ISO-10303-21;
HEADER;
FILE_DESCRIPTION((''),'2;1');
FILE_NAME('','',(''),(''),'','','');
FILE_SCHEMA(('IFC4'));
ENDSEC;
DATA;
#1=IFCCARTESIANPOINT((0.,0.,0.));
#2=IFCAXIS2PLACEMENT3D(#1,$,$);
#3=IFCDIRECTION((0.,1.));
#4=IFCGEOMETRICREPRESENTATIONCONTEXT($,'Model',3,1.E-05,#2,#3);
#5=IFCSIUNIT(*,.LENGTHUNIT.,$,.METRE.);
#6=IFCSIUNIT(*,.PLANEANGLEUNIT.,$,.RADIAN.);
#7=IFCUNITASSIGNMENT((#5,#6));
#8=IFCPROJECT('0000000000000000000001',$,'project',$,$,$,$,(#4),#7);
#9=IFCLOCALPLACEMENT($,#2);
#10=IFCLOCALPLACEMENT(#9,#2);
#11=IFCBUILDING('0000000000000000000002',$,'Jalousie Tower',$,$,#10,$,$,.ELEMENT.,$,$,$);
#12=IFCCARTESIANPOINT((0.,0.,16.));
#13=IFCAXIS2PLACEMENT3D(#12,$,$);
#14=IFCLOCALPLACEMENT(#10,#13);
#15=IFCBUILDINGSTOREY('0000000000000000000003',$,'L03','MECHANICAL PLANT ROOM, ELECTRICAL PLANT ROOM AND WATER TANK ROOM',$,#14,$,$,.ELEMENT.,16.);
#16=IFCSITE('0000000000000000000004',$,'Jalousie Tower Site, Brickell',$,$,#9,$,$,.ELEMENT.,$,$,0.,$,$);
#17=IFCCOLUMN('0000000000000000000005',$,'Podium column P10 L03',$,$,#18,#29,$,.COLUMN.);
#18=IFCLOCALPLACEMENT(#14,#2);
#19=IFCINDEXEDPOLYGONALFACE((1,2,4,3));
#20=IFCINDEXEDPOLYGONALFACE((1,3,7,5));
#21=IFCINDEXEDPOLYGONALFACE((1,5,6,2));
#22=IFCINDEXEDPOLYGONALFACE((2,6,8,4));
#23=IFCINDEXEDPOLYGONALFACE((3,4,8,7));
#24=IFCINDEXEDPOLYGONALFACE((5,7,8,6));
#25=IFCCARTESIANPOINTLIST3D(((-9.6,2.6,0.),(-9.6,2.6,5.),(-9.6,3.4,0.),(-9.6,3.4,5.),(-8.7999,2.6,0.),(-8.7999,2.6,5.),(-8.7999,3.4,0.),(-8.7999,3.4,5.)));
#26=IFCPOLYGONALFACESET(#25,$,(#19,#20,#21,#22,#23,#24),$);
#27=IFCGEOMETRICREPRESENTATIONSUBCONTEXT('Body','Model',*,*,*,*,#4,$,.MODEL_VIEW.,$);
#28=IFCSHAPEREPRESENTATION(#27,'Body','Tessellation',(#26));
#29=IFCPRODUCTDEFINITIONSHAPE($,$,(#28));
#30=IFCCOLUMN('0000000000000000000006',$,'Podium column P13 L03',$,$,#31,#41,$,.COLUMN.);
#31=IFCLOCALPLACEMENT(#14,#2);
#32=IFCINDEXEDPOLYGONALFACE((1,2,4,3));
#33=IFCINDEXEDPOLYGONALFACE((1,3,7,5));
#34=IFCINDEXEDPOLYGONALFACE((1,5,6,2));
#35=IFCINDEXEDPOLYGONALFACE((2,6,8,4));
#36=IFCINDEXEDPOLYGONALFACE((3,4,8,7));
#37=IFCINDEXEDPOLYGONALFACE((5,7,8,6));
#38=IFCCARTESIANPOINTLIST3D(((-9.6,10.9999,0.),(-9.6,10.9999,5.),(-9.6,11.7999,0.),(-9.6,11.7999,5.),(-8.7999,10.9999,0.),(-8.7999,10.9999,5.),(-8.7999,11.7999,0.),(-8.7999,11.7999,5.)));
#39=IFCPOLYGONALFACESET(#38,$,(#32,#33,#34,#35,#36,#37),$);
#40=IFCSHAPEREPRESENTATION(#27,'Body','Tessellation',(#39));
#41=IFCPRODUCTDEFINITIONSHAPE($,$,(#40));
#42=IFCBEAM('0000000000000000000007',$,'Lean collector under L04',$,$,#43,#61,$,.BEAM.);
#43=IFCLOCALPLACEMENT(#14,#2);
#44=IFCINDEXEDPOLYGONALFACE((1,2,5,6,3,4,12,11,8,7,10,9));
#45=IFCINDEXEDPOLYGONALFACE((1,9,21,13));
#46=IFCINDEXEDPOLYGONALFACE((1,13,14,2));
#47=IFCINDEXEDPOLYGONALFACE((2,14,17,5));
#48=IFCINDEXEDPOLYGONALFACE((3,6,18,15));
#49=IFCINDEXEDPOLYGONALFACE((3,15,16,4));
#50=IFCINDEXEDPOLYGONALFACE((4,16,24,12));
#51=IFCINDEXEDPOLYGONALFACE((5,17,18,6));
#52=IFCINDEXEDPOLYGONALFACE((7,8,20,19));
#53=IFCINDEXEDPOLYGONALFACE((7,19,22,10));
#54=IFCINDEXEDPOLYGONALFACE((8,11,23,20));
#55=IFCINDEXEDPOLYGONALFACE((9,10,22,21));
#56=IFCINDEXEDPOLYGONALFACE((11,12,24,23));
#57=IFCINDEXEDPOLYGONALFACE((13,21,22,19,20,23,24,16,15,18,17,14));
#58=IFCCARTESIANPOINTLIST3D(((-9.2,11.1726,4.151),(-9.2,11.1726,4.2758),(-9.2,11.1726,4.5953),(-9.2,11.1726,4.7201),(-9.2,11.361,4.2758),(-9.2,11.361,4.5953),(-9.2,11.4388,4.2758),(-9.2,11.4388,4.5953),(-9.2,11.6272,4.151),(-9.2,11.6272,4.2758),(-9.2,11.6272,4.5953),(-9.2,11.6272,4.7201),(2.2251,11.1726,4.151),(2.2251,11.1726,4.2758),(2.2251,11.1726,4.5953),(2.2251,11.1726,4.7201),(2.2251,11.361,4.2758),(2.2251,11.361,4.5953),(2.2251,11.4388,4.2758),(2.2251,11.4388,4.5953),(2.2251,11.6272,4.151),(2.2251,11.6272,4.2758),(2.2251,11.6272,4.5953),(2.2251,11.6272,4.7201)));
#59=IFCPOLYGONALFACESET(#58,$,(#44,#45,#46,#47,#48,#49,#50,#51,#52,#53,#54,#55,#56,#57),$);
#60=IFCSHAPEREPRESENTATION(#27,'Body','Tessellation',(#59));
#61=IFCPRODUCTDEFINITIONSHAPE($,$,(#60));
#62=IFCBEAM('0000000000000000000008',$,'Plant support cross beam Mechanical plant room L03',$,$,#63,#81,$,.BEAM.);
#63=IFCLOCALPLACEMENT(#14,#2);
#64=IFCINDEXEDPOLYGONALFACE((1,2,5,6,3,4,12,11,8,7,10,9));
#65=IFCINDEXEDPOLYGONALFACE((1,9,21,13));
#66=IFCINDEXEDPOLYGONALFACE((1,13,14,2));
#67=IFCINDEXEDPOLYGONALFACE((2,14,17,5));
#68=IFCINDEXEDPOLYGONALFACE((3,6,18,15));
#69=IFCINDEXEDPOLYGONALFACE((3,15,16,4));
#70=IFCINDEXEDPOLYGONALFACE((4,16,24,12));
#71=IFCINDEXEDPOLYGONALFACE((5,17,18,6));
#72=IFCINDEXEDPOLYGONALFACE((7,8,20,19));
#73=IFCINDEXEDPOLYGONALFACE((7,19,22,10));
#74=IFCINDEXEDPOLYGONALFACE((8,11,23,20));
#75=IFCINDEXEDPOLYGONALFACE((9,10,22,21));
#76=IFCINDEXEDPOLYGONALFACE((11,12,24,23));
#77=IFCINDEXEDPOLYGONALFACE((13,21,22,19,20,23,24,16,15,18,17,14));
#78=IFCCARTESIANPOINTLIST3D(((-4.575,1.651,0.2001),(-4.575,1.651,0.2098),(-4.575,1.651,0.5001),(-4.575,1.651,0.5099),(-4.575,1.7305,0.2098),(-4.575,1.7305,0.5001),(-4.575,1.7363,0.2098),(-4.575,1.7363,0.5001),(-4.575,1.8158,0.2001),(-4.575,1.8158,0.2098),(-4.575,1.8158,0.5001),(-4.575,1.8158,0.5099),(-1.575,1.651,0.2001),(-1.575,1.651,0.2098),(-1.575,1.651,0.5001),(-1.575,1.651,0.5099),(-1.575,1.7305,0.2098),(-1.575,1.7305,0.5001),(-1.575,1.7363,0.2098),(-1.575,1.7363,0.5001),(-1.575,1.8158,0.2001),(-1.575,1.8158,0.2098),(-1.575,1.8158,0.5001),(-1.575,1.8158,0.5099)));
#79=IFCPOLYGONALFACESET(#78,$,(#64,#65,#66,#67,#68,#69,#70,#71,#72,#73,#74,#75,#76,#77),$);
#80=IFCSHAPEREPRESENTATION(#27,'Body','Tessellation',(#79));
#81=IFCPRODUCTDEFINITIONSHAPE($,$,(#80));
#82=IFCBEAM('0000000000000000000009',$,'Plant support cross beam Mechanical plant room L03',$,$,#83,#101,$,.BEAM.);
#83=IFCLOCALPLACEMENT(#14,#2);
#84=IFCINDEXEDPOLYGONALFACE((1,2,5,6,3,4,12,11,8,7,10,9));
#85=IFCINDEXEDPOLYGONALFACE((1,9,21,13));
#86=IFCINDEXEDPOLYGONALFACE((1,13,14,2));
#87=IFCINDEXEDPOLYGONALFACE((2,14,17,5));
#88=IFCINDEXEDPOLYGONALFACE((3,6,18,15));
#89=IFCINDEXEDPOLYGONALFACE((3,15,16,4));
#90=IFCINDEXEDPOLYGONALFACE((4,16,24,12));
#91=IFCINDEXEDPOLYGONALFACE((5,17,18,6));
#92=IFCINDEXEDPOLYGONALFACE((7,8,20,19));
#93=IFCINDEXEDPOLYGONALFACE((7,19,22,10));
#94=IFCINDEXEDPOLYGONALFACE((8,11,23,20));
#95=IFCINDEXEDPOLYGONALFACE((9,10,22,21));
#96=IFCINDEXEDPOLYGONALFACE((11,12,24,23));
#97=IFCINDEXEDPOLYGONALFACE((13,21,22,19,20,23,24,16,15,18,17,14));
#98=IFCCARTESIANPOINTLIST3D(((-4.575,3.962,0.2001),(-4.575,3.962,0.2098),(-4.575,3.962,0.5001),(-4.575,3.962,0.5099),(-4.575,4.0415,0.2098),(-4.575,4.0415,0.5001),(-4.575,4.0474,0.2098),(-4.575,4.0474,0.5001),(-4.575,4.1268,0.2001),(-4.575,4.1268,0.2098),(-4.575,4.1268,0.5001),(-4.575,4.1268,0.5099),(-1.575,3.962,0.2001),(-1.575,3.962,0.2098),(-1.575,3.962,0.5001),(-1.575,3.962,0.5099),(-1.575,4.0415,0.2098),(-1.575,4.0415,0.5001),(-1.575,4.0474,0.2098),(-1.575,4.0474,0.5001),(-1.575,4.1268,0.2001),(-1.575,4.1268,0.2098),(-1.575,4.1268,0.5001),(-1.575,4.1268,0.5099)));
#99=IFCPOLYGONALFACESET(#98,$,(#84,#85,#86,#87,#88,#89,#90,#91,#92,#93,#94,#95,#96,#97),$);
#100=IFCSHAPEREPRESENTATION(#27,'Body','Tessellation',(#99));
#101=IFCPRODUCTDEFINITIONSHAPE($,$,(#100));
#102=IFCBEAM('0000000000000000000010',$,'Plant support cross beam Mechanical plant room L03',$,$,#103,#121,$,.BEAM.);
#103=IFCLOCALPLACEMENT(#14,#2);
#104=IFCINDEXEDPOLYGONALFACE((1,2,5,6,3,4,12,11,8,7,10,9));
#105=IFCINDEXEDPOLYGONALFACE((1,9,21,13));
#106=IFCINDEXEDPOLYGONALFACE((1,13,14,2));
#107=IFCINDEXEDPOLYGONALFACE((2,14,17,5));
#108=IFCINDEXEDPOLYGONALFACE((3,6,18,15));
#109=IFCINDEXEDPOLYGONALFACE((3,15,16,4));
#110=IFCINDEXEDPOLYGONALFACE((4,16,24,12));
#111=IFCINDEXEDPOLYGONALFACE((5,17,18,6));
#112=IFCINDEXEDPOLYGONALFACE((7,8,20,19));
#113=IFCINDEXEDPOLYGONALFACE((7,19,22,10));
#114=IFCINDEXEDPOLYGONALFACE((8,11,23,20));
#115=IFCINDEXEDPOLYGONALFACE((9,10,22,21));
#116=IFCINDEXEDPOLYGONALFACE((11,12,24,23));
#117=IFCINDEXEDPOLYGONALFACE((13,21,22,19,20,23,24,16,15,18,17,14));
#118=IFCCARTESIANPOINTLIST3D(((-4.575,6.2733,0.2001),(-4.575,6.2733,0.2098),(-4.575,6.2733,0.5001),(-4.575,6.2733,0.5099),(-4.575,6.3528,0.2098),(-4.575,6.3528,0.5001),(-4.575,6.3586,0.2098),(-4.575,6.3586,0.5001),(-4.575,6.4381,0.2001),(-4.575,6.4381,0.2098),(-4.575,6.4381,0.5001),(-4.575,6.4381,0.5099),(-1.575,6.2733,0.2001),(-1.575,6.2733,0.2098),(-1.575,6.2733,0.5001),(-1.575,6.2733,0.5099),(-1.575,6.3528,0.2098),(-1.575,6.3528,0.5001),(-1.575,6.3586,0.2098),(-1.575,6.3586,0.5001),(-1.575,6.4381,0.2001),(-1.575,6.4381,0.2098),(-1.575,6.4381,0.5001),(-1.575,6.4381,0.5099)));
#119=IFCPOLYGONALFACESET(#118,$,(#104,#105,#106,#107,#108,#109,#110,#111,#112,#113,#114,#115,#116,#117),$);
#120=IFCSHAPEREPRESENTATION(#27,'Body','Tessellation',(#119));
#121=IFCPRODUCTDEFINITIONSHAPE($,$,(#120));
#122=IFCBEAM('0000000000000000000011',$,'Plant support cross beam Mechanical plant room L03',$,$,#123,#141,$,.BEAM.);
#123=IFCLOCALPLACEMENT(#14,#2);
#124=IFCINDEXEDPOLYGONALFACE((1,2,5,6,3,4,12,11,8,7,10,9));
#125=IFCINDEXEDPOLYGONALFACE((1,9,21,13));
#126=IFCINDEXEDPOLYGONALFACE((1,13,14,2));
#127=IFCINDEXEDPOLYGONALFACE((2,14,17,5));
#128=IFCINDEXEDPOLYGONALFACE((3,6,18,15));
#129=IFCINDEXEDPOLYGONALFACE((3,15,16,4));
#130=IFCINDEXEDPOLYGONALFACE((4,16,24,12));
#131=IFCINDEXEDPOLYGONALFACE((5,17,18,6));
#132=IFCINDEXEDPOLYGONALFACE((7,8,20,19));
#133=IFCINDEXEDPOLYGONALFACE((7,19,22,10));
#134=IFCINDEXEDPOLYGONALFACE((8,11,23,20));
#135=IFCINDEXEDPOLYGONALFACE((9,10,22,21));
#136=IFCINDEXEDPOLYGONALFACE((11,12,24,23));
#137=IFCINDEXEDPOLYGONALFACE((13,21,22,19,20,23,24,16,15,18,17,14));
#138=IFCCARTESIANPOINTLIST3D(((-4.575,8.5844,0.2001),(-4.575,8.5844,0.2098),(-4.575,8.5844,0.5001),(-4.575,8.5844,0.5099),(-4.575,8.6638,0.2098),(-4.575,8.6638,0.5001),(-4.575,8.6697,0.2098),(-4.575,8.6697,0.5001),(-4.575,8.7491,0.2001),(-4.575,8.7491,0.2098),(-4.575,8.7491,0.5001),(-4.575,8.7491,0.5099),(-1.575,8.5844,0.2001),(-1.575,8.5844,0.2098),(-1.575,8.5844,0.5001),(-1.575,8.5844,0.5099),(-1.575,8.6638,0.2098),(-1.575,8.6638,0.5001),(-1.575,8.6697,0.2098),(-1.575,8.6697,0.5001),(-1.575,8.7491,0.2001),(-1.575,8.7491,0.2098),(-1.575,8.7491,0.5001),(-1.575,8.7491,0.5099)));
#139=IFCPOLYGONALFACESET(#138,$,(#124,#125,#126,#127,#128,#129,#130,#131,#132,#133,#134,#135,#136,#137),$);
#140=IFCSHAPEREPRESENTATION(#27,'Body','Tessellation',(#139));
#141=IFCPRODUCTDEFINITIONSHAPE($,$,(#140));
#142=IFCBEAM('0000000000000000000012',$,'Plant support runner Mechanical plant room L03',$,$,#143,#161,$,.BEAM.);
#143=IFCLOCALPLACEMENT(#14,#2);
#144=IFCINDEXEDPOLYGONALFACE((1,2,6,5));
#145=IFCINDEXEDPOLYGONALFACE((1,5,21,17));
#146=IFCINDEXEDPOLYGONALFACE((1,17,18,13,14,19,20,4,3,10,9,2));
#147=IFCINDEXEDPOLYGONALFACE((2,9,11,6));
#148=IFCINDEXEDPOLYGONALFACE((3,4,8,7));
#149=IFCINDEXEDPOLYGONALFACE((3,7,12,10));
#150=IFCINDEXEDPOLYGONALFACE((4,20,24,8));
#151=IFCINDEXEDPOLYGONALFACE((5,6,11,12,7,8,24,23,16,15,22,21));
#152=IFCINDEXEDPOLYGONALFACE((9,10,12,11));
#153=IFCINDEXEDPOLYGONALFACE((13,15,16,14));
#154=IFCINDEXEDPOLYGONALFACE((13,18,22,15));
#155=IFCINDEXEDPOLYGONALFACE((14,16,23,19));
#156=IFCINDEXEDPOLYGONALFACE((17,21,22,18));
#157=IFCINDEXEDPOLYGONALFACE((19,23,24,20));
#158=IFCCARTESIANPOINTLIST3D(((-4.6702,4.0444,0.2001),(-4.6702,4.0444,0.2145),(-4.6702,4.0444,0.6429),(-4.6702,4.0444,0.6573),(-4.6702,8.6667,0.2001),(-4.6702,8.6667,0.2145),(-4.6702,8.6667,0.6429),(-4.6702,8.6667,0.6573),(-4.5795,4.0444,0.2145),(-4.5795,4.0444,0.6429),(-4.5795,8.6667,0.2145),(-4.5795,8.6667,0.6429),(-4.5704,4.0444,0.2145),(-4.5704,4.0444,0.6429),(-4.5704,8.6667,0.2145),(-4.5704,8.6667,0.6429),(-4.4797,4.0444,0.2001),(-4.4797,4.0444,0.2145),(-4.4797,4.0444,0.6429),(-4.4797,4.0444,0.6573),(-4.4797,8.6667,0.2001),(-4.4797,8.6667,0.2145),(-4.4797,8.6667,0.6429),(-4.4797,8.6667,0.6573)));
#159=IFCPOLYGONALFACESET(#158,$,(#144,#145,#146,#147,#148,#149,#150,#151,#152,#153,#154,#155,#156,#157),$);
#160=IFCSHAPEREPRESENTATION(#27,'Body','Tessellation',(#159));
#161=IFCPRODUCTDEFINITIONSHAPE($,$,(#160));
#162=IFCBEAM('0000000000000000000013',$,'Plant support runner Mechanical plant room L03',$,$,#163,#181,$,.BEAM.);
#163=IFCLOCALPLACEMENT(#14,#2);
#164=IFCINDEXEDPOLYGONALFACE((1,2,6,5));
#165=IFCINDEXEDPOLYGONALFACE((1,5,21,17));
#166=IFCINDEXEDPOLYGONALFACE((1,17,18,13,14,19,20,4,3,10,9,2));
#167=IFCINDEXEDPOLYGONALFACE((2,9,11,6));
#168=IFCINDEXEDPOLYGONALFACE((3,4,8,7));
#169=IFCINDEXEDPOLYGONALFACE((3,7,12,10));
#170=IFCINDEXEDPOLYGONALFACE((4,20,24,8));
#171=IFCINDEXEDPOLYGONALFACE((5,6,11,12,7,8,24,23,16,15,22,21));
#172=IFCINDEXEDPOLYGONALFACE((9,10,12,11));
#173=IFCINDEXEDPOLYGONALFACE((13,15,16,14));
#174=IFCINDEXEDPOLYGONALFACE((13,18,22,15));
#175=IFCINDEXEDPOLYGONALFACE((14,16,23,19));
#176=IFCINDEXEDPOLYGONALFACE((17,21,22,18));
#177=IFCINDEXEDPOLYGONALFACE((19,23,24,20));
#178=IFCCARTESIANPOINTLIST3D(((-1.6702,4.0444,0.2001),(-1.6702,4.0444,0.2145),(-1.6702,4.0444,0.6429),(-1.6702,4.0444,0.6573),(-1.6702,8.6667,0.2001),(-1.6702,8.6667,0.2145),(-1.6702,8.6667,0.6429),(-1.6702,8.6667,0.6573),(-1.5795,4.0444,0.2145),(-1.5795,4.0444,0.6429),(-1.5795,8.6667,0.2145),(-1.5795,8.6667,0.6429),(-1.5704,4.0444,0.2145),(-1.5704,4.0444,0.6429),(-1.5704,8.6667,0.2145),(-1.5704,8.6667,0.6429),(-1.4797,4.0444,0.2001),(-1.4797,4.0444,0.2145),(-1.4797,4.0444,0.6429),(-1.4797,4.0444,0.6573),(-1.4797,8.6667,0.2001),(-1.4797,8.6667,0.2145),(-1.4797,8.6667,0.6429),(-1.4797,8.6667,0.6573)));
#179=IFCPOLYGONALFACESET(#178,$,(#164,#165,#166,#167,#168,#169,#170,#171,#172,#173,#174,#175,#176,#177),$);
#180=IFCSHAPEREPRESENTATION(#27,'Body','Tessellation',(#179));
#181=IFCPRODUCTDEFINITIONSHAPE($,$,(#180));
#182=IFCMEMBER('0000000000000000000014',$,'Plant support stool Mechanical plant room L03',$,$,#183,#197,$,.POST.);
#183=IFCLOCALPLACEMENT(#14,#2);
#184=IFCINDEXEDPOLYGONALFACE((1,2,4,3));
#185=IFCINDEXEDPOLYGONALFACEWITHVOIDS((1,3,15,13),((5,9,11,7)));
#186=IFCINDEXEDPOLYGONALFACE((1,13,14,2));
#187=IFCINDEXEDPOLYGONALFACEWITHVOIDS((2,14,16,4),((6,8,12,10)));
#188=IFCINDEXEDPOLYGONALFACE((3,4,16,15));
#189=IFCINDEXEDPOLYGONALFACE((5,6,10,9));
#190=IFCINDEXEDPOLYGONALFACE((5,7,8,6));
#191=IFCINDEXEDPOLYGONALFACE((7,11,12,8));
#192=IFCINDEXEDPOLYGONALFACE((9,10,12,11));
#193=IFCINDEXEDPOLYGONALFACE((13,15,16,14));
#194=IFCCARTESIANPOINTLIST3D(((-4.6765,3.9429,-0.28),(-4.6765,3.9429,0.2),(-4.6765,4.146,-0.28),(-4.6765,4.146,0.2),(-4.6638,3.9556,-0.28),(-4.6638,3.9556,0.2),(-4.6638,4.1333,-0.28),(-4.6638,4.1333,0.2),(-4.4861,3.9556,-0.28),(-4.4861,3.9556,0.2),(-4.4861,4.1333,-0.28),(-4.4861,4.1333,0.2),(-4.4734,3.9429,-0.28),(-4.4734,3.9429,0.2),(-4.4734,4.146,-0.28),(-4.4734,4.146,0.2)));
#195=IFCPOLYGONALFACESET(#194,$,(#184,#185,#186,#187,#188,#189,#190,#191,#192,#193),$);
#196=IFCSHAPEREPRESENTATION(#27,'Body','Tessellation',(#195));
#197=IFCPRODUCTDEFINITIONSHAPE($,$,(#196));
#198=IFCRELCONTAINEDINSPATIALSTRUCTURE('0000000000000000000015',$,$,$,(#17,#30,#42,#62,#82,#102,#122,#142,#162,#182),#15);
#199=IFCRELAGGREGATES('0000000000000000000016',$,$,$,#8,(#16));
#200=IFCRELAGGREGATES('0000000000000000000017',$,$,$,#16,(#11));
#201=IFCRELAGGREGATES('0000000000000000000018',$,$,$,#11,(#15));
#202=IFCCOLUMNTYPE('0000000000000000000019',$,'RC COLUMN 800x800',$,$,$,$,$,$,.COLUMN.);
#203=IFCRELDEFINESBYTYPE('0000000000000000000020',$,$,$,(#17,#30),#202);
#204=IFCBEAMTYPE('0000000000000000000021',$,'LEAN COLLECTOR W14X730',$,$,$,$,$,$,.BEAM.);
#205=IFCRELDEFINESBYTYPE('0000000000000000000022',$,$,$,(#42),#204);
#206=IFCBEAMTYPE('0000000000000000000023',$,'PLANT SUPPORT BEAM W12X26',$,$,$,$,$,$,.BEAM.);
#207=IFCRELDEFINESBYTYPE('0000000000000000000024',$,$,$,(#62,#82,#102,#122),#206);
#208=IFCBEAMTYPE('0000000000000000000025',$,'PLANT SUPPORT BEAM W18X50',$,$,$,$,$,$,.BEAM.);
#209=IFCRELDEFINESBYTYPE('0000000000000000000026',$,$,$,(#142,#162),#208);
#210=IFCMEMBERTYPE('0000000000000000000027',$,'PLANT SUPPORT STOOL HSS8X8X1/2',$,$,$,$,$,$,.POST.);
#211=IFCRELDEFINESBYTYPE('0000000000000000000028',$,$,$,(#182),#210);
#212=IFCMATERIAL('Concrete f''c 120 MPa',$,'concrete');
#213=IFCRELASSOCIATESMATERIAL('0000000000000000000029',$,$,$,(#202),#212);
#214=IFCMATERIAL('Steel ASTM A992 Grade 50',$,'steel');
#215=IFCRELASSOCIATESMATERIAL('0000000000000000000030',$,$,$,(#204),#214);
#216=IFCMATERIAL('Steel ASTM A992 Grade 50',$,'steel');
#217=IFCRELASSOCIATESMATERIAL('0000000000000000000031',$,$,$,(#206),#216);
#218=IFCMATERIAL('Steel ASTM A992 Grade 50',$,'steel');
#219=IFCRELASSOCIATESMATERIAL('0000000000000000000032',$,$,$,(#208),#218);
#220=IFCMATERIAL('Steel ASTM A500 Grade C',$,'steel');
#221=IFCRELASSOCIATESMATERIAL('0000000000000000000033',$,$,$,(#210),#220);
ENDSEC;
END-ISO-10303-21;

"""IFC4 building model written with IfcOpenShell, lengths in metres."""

from ifc_helpers import new_model, si_unit, direction, frame, origin, origin_2d, place, context, subcontext, project, spatial, rectangle, hollow_rectangle, i_section, extrude, material, material_profile, profile_set, type_object, element, save


model = new_model("IFC4")

# Units and contexts
model_context = context("Model", 3, precision=1e-05, world=origin(), true_north=direction((0.0, 1.0)))
body_context = subcontext(model_context, "Body", "Model", "MODEL_VIEW")
ifc_project = project(units=[si_unit("LENGTHUNIT", "METRE"), si_unit("PLANEANGLEUNIT", "RADIAN")], contexts=[model_context])

# Site, building, storey
site_placement = place(None, origin())
site = spatial("IfcSite", under=ifc_project, at=site_placement, Name="Jalousie Tower Site, Brickell", CompositionType="ELEMENT", RefElevation=0.0)
building_placement = place(site_placement, origin())
building = spatial("IfcBuilding", under=site, at=building_placement, Name="Jalousie Tower", CompositionType="ELEMENT")
storey_placement = place(building_placement, frame((0.0, 0.0, 16.0)))
storey = spatial("IfcBuildingStorey", under=building, at=storey_placement, Name="L03", Description="MECHANICAL PLANT ROOM, ELECTRICAL PLANT ROOM AND WATER TANK ROOM", CompositionType="ELEMENT", Elevation=16.0)

# Columns
ifc_material_1 = material(Name="Concrete f'c 120 MPa", Category="concrete")
ifc_material_profile_1 = material_profile(ifc_material_1, rectangle(XDim=0.8, YDim=0.8, at=origin_2d()), Name="RC 800x800")
ifc_profile_set_1 = profile_set([ifc_material_profile_1], Name="Concrete f'c 120 MPa")
column_type = type_object("IfcColumnType", Name="RC COLUMN 800x800", PredefinedType="COLUMN", material=ifc_profile_set_1)
for number, where, z_axis, x_axis, name in (
    (1, (-9.2, 3.0, 0.0), (0.0, 0.0, 1.0), (1.0, 0.0, 0.0), "Podium column P10 L03"),
    (2, (-9.2, 11.3999, 0.0), (0.0, 0.0, 1.0), (1.0, 0.0, 0.0), "Podium column P13 L03"),
):
    element("IfcColumn", number, at=place(storey_placement, frame(where, z_axis=z_axis, x_axis=x_axis)), inside=storey, type_object=column_type, Name=name, PredefinedType="COLUMN", context=body_context, shape_type="SweptSolid", body=[
        extrude(rectangle(XDim=0.8, YDim=0.8, at=origin_2d()), origin(), (0.0, 0.0, 1.0), 5.0),
    ])

# Beams
ifc_material_2 = material(Name="Steel ASTM A992 Grade 50", Category="steel")
ifc_material_profile_2 = material_profile(ifc_material_2, i_section(OverallWidth=0.4546, OverallDepth=0.5691, WebThickness=0.0779, FlangeThickness=0.1248, at=origin_2d()), Name="W14X730")
ifc_profile_set_2 = profile_set([ifc_material_profile_2], Name="Steel ASTM A992 Grade 50")
beam_type_1 = type_object("IfcBeamType", Name="LEAN COLLECTOR W14X730", PredefinedType="BEAM", material=ifc_profile_set_2)
beam_1_placement = place(storey_placement, frame((-9.2, 11.3999, 4.4355), z_axis=(1.0, 0.0, 0.0), x_axis=(0.0, 1.0, 0.0)))
element("IfcBeam", 3, at=beam_1_placement, inside=storey, type_object=beam_type_1, Name="Lean collector under L04", PredefinedType="BEAM", context=body_context, shape_type="SweptSolid", body=[
    extrude(i_section(OverallWidth=0.4546, OverallDepth=0.5691, WebThickness=0.0779, FlangeThickness=0.1248, at=origin_2d()), origin(), (0.0, 0.0, 1.0), 11.425),
])
ifc_material_3 = material(Name="Steel ASTM A992 Grade 50", Category="steel")
ifc_material_profile_3 = material_profile(ifc_material_3, i_section(OverallWidth=0.1648, OverallDepth=0.3098, WebThickness=0.0059, FlangeThickness=0.0098, at=origin_2d()), Name="W12X26")
ifc_profile_set_3 = profile_set([ifc_material_profile_3], Name="Steel ASTM A992 Grade 50")
beam_type_2 = type_object("IfcBeamType", Name="PLANT SUPPORT BEAM W12X26", PredefinedType="BEAM", material=ifc_profile_set_3)
for number, where, z_axis, x_axis, name in (
    (4, (-4.575, 1.7334, 0.355), (1.0, 0.0, 0.0), (0.0, 1.0, 0.0), "Plant support cross beam Mechanical plant room L03"),
    (5, (-4.575, 4.0444, 0.355), (1.0, 0.0, 0.0), (0.0, 1.0, 0.0), "Plant support cross beam Mechanical plant room L03"),
    (6, (-4.575, 6.3557, 0.355), (1.0, 0.0, 0.0), (0.0, 1.0, 0.0), "Plant support cross beam Mechanical plant room L03"),
    (7, (-4.575, 8.6667, 0.355), (1.0, 0.0, 0.0), (0.0, 1.0, 0.0), "Plant support cross beam Mechanical plant room L03"),
):
    element("IfcBeam", number, at=place(storey_placement, frame(where, z_axis=z_axis, x_axis=x_axis)), inside=storey, type_object=beam_type_2, Name=name, PredefinedType="BEAM", context=body_context, shape_type="SweptSolid", body=[
        extrude(i_section(OverallWidth=0.1648, OverallDepth=0.3098, WebThickness=0.0059, FlangeThickness=0.0098, at=origin_2d()), origin(), (0.0, 0.0, 1.0), 3.0),
    ])
ifc_material_4 = material(Name="Steel ASTM A992 Grade 50", Category="steel")
ifc_material_profile_4 = material_profile(ifc_material_4, i_section(OverallWidth=0.1904, OverallDepth=0.4573, WebThickness=0.009, FlangeThickness=0.0144, at=origin_2d()), Name="W18X50")
ifc_profile_set_4 = profile_set([ifc_material_profile_4], Name="Steel ASTM A992 Grade 50")
beam_type_3 = type_object("IfcBeamType", Name="PLANT SUPPORT BEAM W18X50", PredefinedType="BEAM", material=ifc_profile_set_4)
for number, where, z_axis, x_axis, name in (
    (8, (-4.575, 4.0444, 0.4287), (0.0, 1.0, 0.0), (-1.0, 0.0, 0.0), "Plant support runner Mechanical plant room L03"),
    (9, (-1.575, 4.0444, 0.4287), (0.0, 1.0, 0.0), (-1.0, 0.0, 0.0), "Plant support runner Mechanical plant room L03"),
):
    element("IfcBeam", number, at=place(storey_placement, frame(where, z_axis=z_axis, x_axis=x_axis)), inside=storey, type_object=beam_type_3, Name=name, PredefinedType="BEAM", context=body_context, shape_type="SweptSolid", body=[
        extrude(i_section(OverallWidth=0.1904, OverallDepth=0.4573, WebThickness=0.009, FlangeThickness=0.0144, at=origin_2d()), origin(), (0.0, 0.0, 1.0), 4.6223),
    ])

# Member
ifc_material_5 = material(Name="Steel ASTM A500 Grade C", Category="steel")
ifc_material_profile_5 = material_profile(ifc_material_5, hollow_rectangle(XDim=0.2031, YDim=0.2031, WallThickness=0.0127, at=origin_2d()), Name="HSS8X8X1/2")
ifc_profile_set_5 = profile_set([ifc_material_profile_5], Name="Steel ASTM A500 Grade C")
member_type = type_object("IfcMemberType", Name="PLANT SUPPORT STOOL HSS8X8X1/2", PredefinedType="POST", material=ifc_profile_set_5)
for number, where, z_axis, x_axis, name in (
    (10, (-4.575, 4.0444, -0.28), (0.0, 0.0, 1.0), (1.0, 0.0, 0.0), "Plant support stool Mechanical plant room L03"),
):
    element("IfcMember", number, at=place(storey_placement, frame(where, z_axis=z_axis, x_axis=x_axis)), inside=storey, type_object=member_type, Name=name, PredefinedType="POST", context=body_context, shape_type="SweptSolid", body=[
        extrude(hollow_rectangle(XDim=0.2031, YDim=0.2031, WallThickness=0.0127, at=origin_2d()), origin(), (0.0, 0.0, 1.0), 0.48),
    ])

save(model, "model.ifc")
